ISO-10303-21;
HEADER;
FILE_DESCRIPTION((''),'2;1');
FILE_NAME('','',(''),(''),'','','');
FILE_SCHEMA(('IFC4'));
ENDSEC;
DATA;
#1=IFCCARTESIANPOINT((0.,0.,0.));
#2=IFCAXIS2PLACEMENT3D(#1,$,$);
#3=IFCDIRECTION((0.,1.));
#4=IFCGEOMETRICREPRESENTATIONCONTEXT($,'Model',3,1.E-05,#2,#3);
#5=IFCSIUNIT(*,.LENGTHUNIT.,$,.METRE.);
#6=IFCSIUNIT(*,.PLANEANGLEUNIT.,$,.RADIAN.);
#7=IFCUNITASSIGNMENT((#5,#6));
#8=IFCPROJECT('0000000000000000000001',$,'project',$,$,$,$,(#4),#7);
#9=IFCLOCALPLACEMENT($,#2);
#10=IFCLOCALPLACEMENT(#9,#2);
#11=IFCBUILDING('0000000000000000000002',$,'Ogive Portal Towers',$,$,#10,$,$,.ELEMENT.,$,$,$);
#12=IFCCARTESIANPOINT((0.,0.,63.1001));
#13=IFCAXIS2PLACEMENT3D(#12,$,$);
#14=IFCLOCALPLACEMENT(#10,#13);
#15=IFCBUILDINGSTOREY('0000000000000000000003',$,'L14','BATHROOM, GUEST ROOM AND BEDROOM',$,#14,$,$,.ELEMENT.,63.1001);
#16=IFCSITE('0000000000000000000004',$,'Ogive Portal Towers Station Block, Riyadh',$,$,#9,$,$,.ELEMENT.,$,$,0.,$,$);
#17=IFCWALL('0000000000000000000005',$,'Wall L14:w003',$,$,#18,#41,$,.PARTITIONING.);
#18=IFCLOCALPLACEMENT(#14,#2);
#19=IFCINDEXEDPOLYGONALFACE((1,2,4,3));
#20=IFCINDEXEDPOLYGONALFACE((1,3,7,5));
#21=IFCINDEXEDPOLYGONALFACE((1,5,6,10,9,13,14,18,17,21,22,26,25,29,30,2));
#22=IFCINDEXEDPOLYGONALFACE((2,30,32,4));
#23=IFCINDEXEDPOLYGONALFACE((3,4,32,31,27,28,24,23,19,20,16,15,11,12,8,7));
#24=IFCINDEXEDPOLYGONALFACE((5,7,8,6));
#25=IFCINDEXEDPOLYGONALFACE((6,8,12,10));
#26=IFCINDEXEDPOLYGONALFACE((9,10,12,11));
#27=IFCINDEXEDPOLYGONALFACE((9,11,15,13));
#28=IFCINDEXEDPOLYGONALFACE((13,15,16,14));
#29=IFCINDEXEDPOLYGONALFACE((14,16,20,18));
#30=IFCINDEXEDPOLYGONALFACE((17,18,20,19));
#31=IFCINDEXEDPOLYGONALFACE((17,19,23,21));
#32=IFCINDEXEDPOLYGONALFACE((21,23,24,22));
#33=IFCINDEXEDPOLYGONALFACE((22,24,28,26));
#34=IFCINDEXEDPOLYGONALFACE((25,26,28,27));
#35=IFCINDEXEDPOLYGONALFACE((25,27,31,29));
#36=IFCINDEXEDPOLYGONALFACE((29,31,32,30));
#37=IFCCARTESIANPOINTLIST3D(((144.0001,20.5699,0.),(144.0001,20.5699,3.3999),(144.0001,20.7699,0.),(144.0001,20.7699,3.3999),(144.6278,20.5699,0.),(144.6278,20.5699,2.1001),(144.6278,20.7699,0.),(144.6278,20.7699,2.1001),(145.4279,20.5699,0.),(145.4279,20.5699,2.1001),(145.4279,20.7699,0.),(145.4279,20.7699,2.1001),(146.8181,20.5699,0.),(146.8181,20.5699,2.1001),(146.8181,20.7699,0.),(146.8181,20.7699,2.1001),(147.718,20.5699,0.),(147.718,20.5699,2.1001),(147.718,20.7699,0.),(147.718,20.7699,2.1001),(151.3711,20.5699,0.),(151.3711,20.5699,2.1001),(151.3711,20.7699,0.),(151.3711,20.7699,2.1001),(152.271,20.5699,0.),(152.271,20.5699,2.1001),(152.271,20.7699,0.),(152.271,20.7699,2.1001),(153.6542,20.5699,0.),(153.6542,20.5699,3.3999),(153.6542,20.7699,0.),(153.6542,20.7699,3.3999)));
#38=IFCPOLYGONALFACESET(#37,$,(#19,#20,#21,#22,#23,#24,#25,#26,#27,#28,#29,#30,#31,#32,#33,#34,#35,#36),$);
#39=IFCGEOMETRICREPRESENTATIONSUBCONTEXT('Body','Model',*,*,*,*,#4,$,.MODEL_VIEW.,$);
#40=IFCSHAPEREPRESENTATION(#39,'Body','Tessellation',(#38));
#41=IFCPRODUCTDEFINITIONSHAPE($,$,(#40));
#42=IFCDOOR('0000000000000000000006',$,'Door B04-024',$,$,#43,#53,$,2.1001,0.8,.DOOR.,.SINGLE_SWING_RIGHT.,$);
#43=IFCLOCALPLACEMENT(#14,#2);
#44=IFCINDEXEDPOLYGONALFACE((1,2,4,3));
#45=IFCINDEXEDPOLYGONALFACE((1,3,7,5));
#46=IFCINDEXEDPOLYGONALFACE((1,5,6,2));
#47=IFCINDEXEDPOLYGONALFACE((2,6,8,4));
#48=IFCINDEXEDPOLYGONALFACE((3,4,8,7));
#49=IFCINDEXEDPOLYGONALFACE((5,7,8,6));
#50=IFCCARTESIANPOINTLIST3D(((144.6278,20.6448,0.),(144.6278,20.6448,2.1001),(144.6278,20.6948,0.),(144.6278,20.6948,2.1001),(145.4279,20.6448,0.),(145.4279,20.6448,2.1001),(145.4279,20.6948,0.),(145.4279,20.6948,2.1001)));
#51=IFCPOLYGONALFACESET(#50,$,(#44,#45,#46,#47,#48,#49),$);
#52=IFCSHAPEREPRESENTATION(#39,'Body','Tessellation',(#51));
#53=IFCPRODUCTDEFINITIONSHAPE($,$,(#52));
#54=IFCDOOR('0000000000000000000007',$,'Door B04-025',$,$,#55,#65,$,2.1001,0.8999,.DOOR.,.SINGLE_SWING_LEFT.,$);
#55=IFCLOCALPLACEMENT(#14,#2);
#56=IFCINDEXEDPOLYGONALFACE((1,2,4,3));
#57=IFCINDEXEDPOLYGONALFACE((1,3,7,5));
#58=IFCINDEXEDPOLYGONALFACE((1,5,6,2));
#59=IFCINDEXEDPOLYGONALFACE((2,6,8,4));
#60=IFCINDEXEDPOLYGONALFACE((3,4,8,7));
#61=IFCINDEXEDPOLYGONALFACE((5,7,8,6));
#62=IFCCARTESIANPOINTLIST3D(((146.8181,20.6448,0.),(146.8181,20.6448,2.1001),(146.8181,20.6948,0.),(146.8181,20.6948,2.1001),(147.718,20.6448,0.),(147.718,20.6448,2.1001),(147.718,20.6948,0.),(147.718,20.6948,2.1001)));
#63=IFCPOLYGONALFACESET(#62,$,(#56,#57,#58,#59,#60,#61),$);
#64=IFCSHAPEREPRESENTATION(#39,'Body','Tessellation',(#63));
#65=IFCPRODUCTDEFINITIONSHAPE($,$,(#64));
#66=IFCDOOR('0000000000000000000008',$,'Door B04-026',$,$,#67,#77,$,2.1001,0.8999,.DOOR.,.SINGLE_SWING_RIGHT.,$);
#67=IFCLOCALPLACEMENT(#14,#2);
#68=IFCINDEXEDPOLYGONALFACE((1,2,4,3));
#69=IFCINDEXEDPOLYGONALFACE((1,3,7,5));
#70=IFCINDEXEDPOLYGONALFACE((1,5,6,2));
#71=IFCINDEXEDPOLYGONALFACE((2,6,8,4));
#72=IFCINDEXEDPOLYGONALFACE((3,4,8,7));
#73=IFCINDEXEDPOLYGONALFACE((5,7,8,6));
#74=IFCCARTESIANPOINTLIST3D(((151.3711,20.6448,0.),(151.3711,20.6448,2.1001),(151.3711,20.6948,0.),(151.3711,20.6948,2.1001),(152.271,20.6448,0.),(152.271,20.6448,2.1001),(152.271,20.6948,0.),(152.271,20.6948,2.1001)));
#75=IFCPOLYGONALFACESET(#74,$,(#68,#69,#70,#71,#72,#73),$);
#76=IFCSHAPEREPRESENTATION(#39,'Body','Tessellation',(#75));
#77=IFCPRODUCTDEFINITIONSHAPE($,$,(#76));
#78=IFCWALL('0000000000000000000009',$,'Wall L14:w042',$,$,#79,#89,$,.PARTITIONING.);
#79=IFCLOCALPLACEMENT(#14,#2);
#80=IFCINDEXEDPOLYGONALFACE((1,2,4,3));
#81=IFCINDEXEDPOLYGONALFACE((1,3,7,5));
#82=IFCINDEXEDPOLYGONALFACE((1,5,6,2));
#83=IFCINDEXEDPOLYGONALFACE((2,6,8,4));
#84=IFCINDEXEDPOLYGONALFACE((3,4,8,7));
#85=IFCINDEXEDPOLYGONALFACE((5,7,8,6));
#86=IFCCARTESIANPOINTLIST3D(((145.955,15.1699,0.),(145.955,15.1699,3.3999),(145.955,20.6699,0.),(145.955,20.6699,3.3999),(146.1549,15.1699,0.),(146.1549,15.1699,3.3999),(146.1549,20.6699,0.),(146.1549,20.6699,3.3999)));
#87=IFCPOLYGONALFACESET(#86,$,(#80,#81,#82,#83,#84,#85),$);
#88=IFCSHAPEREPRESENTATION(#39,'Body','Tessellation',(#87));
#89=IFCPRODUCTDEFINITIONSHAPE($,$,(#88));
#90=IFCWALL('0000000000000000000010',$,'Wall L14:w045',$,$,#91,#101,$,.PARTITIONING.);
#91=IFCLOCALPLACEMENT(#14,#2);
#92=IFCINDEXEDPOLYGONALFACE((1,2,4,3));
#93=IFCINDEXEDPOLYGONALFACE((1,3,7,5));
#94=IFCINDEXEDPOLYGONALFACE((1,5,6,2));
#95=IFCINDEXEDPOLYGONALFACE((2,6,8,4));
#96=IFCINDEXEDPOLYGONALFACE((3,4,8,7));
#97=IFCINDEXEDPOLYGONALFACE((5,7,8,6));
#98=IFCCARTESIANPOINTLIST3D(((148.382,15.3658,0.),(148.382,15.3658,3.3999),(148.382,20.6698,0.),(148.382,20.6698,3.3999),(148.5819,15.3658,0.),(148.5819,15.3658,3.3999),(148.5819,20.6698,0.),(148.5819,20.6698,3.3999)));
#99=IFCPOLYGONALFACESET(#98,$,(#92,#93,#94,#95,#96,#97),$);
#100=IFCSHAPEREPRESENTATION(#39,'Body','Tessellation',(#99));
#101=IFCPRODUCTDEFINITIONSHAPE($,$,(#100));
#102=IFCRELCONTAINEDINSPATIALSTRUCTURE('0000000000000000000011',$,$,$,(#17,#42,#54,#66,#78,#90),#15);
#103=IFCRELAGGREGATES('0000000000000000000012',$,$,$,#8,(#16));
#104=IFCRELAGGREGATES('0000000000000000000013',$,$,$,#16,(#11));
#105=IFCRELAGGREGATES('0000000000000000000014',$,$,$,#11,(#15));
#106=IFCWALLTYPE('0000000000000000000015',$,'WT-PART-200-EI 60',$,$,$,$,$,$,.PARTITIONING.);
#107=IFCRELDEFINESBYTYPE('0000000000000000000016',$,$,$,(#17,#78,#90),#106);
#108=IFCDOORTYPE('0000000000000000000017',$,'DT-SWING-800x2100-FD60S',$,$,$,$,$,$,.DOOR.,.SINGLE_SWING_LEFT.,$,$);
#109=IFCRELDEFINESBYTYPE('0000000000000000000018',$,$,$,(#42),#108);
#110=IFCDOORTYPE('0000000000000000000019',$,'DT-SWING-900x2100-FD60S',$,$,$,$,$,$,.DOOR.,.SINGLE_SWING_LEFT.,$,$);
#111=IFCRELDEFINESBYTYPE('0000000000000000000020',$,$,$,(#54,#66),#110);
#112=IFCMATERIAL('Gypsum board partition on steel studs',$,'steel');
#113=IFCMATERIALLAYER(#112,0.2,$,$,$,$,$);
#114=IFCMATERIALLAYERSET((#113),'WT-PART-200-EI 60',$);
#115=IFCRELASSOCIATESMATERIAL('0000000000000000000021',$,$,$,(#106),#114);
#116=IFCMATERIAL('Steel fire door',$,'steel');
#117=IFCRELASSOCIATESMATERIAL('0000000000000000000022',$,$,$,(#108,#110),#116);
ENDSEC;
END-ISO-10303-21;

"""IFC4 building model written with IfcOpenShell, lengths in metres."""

from ifc_helpers import new_model, si_unit, direction, frame, frame_2d, origin, place, context, subcontext, project, spatial, rectangle, extrude, material, layer, layer_set, type_object, element, fill, save


model = new_model("IFC4")

# Units and contexts
model_context = context("Model", 3, precision=1e-05, world=origin(), true_north=direction((0.0, 1.0)))
body_context = subcontext(model_context, "Body", "Model", "MODEL_VIEW")
ifc_project = project(units=[si_unit("LENGTHUNIT", "METRE"), si_unit("PLANEANGLEUNIT", "RADIAN")], contexts=[model_context])

# Site, building, storey
site_placement = place(None, origin())
site = spatial("IfcSite", under=ifc_project, at=site_placement, Name="Ogive Portal Towers Station Block, Riyadh", CompositionType="ELEMENT", RefElevation=0.0)
building_placement = place(site_placement, origin())
building = spatial("IfcBuilding", under=site, at=building_placement, Name="Ogive Portal Towers", CompositionType="ELEMENT")
storey_placement = place(building_placement, frame((0.0, 0.0, 63.1001)))
storey = spatial("IfcBuildingStorey", under=building, at=storey_placement, Name="L14", Description="BATHROOM, GUEST ROOM AND BEDROOM", CompositionType="ELEMENT", Elevation=63.1001)

# Wall, openings, doors
ifc_material_1 = material(Name="Gypsum board partition on steel studs", Category="steel")
ifc_layer_1 = layer(ifc_material_1, 0.2)
ifc_layer_set_1 = layer_set([ifc_layer_1], Name="WT-PART-200-EI 60")
wall_type_1 = type_object("IfcWallType", Name="WT-PART-200-EI 60", PredefinedType="PARTITIONING", material=ifc_layer_set_1)
wall_1_placement = place(storey_placement, frame((144.0, 20.6699, 0.0), z_axis=(0.0, 0.0, 1.0), x_axis=(1.0, 0.0, 0.0)))
wall_1 = element("IfcWall", 1, at=wall_1_placement, inside=storey, type_object=wall_type_1, Name="Wall L14:w003", PredefinedType="PARTITIONING", context=body_context, shape_type="SweptSolid", body=[
    extrude(rectangle(XDim=9.6541, YDim=0.2, at=frame_2d((4.8271, 0.0))), origin(), (0.0, 0.0, 1.0), 3.3999),
])
opening_1_placement = place(wall_1_placement, frame((0.6279, 0.0, 0.0)))
opening_1 = element("IfcOpeningElement", 2, at=opening_1_placement, cuts=wall_1, PredefinedType="OPENING", context=body_context, shape_type="SweptSolid", body=[
    extrude(rectangle(XDim=0.8, YDim=2.1001, at=frame_2d((0.3999, 1.05))), frame((0.0, 0.1099, 0.0), z_axis=(0.0, -1.0, 0.0), x_axis=(1.0, 0.0, 0.0)), (0.0, 0.0, 1.0), 0.22),
])
opening_2_placement = place(wall_1_placement, frame((2.8181, 0.0, 0.0)))
opening_2 = element("IfcOpeningElement", 3, at=opening_2_placement, cuts=wall_1, PredefinedType="OPENING", context=body_context, shape_type="SweptSolid", body=[
    extrude(rectangle(XDim=0.8999, YDim=2.1001, at=frame_2d((0.45, 1.05))), frame((0.0, 0.1099, 0.0), z_axis=(0.0, -1.0, 0.0), x_axis=(1.0, 0.0, 0.0)), (0.0, 0.0, 1.0), 0.22),
])
opening_3_placement = place(wall_1_placement, frame((7.3711, 0.0, 0.0)))
opening_3 = element("IfcOpeningElement", 4, at=opening_3_placement, cuts=wall_1, PredefinedType="OPENING", context=body_context, shape_type="SweptSolid", body=[
    extrude(rectangle(XDim=0.8999, YDim=2.1001, at=frame_2d((0.45, 1.05))), frame((0.0, 0.1099, 0.0), z_axis=(0.0, -1.0, 0.0), x_axis=(1.0, 0.0, 0.0)), (0.0, 0.0, 1.0), 0.22),
])
ifc_material_2 = material(Name="Steel fire door", Category="steel")
door_type_1 = type_object("IfcDoorType", Name="DT-SWING-800x2100-FD60S", OperationType="SINGLE_SWING_LEFT", PredefinedType="DOOR", material=ifc_material_2)
door_1_placement = place(opening_1_placement, origin())
door_1 = element("IfcDoor", 5, at=door_1_placement, inside=storey, type_object=door_type_1, Name="Door B04-024", OperationType="SINGLE_SWING_RIGHT", OverallHeight=2.1001, OverallWidth=0.8, PredefinedType="DOOR", context=body_context, shape_type="SweptSolid", body=[
    extrude(rectangle(XDim=0.8, YDim=2.1001, at=frame_2d((0.3999, 1.05))), frame((0.0, 0.0249, 0.0), z_axis=(0.0, -1.0, 0.0), x_axis=(1.0, 0.0, 0.0)), (0.0, 0.0, 1.0), 0.05),
])
fill(opening_1, door_1)
door_type_2 = type_object("IfcDoorType", Name="DT-SWING-900x2100-FD60S", OperationType="SINGLE_SWING_LEFT", PredefinedType="DOOR", material=ifc_material_2)
door_2_placement = place(opening_2_placement, origin())
door_2 = element("IfcDoor", 6, at=door_2_placement, inside=storey, type_object=door_type_2, Name="Door B04-025", OperationType="SINGLE_SWING_LEFT", OverallHeight=2.1001, OverallWidth=0.8999, PredefinedType="DOOR", context=body_context, shape_type="SweptSolid", body=[
    extrude(rectangle(XDim=0.8999, YDim=2.1001, at=frame_2d((0.45, 1.05))), frame((0.0, 0.0249, 0.0), z_axis=(0.0, -1.0, 0.0), x_axis=(1.0, 0.0, 0.0)), (0.0, 0.0, 1.0), 0.05),
])
fill(opening_2, door_2)
door_3_placement = place(opening_3_placement, origin())
door_3 = element("IfcDoor", 7, at=door_3_placement, inside=storey, type_object=door_type_2, Name="Door B04-026", OperationType="SINGLE_SWING_RIGHT", OverallHeight=2.1001, OverallWidth=0.8999, PredefinedType="DOOR", context=body_context, shape_type="SweptSolid", body=[
    extrude(rectangle(XDim=0.8999, YDim=2.1001, at=frame_2d((0.45, 1.05))), frame((0.0, 0.0249, 0.0), z_axis=(0.0, -1.0, 0.0), x_axis=(1.0, 0.0, 0.0)), (0.0, 0.0, 1.0), 0.05),
])
fill(opening_3, door_3)

# Walls
wall_2_placement = place(storey_placement, frame((146.0549, 15.1699, 0.0), z_axis=(0.0, 0.0, 1.0), x_axis=(0.0, 1.0, 0.0)))
element("IfcWall", 8, at=wall_2_placement, inside=storey, type_object=wall_type_1, Name="Wall L14:w042", PredefinedType="PARTITIONING", context=body_context, shape_type="SweptSolid", body=[
    extrude(rectangle(XDim=5.5, YDim=0.2, at=frame_2d((2.75, 0.0))), origin(), (0.0, 0.0, 1.0), 3.3999),
])
wall_3_placement = place(storey_placement, frame((148.4819, 15.366, 0.0), z_axis=(0.0, 0.0, 1.0), x_axis=(0.0, 1.0, 0.0)))
element("IfcWall", 9, at=wall_3_placement, inside=storey, type_object=wall_type_1, Name="Wall L14:w045", PredefinedType="PARTITIONING", context=body_context, shape_type="SweptSolid", body=[
    extrude(rectangle(XDim=5.304, YDim=0.2, at=frame_2d((2.6519, 0.0))), origin(), (0.0, 0.0, 1.0), 3.3999),
])

save(model, "model.ifc")
